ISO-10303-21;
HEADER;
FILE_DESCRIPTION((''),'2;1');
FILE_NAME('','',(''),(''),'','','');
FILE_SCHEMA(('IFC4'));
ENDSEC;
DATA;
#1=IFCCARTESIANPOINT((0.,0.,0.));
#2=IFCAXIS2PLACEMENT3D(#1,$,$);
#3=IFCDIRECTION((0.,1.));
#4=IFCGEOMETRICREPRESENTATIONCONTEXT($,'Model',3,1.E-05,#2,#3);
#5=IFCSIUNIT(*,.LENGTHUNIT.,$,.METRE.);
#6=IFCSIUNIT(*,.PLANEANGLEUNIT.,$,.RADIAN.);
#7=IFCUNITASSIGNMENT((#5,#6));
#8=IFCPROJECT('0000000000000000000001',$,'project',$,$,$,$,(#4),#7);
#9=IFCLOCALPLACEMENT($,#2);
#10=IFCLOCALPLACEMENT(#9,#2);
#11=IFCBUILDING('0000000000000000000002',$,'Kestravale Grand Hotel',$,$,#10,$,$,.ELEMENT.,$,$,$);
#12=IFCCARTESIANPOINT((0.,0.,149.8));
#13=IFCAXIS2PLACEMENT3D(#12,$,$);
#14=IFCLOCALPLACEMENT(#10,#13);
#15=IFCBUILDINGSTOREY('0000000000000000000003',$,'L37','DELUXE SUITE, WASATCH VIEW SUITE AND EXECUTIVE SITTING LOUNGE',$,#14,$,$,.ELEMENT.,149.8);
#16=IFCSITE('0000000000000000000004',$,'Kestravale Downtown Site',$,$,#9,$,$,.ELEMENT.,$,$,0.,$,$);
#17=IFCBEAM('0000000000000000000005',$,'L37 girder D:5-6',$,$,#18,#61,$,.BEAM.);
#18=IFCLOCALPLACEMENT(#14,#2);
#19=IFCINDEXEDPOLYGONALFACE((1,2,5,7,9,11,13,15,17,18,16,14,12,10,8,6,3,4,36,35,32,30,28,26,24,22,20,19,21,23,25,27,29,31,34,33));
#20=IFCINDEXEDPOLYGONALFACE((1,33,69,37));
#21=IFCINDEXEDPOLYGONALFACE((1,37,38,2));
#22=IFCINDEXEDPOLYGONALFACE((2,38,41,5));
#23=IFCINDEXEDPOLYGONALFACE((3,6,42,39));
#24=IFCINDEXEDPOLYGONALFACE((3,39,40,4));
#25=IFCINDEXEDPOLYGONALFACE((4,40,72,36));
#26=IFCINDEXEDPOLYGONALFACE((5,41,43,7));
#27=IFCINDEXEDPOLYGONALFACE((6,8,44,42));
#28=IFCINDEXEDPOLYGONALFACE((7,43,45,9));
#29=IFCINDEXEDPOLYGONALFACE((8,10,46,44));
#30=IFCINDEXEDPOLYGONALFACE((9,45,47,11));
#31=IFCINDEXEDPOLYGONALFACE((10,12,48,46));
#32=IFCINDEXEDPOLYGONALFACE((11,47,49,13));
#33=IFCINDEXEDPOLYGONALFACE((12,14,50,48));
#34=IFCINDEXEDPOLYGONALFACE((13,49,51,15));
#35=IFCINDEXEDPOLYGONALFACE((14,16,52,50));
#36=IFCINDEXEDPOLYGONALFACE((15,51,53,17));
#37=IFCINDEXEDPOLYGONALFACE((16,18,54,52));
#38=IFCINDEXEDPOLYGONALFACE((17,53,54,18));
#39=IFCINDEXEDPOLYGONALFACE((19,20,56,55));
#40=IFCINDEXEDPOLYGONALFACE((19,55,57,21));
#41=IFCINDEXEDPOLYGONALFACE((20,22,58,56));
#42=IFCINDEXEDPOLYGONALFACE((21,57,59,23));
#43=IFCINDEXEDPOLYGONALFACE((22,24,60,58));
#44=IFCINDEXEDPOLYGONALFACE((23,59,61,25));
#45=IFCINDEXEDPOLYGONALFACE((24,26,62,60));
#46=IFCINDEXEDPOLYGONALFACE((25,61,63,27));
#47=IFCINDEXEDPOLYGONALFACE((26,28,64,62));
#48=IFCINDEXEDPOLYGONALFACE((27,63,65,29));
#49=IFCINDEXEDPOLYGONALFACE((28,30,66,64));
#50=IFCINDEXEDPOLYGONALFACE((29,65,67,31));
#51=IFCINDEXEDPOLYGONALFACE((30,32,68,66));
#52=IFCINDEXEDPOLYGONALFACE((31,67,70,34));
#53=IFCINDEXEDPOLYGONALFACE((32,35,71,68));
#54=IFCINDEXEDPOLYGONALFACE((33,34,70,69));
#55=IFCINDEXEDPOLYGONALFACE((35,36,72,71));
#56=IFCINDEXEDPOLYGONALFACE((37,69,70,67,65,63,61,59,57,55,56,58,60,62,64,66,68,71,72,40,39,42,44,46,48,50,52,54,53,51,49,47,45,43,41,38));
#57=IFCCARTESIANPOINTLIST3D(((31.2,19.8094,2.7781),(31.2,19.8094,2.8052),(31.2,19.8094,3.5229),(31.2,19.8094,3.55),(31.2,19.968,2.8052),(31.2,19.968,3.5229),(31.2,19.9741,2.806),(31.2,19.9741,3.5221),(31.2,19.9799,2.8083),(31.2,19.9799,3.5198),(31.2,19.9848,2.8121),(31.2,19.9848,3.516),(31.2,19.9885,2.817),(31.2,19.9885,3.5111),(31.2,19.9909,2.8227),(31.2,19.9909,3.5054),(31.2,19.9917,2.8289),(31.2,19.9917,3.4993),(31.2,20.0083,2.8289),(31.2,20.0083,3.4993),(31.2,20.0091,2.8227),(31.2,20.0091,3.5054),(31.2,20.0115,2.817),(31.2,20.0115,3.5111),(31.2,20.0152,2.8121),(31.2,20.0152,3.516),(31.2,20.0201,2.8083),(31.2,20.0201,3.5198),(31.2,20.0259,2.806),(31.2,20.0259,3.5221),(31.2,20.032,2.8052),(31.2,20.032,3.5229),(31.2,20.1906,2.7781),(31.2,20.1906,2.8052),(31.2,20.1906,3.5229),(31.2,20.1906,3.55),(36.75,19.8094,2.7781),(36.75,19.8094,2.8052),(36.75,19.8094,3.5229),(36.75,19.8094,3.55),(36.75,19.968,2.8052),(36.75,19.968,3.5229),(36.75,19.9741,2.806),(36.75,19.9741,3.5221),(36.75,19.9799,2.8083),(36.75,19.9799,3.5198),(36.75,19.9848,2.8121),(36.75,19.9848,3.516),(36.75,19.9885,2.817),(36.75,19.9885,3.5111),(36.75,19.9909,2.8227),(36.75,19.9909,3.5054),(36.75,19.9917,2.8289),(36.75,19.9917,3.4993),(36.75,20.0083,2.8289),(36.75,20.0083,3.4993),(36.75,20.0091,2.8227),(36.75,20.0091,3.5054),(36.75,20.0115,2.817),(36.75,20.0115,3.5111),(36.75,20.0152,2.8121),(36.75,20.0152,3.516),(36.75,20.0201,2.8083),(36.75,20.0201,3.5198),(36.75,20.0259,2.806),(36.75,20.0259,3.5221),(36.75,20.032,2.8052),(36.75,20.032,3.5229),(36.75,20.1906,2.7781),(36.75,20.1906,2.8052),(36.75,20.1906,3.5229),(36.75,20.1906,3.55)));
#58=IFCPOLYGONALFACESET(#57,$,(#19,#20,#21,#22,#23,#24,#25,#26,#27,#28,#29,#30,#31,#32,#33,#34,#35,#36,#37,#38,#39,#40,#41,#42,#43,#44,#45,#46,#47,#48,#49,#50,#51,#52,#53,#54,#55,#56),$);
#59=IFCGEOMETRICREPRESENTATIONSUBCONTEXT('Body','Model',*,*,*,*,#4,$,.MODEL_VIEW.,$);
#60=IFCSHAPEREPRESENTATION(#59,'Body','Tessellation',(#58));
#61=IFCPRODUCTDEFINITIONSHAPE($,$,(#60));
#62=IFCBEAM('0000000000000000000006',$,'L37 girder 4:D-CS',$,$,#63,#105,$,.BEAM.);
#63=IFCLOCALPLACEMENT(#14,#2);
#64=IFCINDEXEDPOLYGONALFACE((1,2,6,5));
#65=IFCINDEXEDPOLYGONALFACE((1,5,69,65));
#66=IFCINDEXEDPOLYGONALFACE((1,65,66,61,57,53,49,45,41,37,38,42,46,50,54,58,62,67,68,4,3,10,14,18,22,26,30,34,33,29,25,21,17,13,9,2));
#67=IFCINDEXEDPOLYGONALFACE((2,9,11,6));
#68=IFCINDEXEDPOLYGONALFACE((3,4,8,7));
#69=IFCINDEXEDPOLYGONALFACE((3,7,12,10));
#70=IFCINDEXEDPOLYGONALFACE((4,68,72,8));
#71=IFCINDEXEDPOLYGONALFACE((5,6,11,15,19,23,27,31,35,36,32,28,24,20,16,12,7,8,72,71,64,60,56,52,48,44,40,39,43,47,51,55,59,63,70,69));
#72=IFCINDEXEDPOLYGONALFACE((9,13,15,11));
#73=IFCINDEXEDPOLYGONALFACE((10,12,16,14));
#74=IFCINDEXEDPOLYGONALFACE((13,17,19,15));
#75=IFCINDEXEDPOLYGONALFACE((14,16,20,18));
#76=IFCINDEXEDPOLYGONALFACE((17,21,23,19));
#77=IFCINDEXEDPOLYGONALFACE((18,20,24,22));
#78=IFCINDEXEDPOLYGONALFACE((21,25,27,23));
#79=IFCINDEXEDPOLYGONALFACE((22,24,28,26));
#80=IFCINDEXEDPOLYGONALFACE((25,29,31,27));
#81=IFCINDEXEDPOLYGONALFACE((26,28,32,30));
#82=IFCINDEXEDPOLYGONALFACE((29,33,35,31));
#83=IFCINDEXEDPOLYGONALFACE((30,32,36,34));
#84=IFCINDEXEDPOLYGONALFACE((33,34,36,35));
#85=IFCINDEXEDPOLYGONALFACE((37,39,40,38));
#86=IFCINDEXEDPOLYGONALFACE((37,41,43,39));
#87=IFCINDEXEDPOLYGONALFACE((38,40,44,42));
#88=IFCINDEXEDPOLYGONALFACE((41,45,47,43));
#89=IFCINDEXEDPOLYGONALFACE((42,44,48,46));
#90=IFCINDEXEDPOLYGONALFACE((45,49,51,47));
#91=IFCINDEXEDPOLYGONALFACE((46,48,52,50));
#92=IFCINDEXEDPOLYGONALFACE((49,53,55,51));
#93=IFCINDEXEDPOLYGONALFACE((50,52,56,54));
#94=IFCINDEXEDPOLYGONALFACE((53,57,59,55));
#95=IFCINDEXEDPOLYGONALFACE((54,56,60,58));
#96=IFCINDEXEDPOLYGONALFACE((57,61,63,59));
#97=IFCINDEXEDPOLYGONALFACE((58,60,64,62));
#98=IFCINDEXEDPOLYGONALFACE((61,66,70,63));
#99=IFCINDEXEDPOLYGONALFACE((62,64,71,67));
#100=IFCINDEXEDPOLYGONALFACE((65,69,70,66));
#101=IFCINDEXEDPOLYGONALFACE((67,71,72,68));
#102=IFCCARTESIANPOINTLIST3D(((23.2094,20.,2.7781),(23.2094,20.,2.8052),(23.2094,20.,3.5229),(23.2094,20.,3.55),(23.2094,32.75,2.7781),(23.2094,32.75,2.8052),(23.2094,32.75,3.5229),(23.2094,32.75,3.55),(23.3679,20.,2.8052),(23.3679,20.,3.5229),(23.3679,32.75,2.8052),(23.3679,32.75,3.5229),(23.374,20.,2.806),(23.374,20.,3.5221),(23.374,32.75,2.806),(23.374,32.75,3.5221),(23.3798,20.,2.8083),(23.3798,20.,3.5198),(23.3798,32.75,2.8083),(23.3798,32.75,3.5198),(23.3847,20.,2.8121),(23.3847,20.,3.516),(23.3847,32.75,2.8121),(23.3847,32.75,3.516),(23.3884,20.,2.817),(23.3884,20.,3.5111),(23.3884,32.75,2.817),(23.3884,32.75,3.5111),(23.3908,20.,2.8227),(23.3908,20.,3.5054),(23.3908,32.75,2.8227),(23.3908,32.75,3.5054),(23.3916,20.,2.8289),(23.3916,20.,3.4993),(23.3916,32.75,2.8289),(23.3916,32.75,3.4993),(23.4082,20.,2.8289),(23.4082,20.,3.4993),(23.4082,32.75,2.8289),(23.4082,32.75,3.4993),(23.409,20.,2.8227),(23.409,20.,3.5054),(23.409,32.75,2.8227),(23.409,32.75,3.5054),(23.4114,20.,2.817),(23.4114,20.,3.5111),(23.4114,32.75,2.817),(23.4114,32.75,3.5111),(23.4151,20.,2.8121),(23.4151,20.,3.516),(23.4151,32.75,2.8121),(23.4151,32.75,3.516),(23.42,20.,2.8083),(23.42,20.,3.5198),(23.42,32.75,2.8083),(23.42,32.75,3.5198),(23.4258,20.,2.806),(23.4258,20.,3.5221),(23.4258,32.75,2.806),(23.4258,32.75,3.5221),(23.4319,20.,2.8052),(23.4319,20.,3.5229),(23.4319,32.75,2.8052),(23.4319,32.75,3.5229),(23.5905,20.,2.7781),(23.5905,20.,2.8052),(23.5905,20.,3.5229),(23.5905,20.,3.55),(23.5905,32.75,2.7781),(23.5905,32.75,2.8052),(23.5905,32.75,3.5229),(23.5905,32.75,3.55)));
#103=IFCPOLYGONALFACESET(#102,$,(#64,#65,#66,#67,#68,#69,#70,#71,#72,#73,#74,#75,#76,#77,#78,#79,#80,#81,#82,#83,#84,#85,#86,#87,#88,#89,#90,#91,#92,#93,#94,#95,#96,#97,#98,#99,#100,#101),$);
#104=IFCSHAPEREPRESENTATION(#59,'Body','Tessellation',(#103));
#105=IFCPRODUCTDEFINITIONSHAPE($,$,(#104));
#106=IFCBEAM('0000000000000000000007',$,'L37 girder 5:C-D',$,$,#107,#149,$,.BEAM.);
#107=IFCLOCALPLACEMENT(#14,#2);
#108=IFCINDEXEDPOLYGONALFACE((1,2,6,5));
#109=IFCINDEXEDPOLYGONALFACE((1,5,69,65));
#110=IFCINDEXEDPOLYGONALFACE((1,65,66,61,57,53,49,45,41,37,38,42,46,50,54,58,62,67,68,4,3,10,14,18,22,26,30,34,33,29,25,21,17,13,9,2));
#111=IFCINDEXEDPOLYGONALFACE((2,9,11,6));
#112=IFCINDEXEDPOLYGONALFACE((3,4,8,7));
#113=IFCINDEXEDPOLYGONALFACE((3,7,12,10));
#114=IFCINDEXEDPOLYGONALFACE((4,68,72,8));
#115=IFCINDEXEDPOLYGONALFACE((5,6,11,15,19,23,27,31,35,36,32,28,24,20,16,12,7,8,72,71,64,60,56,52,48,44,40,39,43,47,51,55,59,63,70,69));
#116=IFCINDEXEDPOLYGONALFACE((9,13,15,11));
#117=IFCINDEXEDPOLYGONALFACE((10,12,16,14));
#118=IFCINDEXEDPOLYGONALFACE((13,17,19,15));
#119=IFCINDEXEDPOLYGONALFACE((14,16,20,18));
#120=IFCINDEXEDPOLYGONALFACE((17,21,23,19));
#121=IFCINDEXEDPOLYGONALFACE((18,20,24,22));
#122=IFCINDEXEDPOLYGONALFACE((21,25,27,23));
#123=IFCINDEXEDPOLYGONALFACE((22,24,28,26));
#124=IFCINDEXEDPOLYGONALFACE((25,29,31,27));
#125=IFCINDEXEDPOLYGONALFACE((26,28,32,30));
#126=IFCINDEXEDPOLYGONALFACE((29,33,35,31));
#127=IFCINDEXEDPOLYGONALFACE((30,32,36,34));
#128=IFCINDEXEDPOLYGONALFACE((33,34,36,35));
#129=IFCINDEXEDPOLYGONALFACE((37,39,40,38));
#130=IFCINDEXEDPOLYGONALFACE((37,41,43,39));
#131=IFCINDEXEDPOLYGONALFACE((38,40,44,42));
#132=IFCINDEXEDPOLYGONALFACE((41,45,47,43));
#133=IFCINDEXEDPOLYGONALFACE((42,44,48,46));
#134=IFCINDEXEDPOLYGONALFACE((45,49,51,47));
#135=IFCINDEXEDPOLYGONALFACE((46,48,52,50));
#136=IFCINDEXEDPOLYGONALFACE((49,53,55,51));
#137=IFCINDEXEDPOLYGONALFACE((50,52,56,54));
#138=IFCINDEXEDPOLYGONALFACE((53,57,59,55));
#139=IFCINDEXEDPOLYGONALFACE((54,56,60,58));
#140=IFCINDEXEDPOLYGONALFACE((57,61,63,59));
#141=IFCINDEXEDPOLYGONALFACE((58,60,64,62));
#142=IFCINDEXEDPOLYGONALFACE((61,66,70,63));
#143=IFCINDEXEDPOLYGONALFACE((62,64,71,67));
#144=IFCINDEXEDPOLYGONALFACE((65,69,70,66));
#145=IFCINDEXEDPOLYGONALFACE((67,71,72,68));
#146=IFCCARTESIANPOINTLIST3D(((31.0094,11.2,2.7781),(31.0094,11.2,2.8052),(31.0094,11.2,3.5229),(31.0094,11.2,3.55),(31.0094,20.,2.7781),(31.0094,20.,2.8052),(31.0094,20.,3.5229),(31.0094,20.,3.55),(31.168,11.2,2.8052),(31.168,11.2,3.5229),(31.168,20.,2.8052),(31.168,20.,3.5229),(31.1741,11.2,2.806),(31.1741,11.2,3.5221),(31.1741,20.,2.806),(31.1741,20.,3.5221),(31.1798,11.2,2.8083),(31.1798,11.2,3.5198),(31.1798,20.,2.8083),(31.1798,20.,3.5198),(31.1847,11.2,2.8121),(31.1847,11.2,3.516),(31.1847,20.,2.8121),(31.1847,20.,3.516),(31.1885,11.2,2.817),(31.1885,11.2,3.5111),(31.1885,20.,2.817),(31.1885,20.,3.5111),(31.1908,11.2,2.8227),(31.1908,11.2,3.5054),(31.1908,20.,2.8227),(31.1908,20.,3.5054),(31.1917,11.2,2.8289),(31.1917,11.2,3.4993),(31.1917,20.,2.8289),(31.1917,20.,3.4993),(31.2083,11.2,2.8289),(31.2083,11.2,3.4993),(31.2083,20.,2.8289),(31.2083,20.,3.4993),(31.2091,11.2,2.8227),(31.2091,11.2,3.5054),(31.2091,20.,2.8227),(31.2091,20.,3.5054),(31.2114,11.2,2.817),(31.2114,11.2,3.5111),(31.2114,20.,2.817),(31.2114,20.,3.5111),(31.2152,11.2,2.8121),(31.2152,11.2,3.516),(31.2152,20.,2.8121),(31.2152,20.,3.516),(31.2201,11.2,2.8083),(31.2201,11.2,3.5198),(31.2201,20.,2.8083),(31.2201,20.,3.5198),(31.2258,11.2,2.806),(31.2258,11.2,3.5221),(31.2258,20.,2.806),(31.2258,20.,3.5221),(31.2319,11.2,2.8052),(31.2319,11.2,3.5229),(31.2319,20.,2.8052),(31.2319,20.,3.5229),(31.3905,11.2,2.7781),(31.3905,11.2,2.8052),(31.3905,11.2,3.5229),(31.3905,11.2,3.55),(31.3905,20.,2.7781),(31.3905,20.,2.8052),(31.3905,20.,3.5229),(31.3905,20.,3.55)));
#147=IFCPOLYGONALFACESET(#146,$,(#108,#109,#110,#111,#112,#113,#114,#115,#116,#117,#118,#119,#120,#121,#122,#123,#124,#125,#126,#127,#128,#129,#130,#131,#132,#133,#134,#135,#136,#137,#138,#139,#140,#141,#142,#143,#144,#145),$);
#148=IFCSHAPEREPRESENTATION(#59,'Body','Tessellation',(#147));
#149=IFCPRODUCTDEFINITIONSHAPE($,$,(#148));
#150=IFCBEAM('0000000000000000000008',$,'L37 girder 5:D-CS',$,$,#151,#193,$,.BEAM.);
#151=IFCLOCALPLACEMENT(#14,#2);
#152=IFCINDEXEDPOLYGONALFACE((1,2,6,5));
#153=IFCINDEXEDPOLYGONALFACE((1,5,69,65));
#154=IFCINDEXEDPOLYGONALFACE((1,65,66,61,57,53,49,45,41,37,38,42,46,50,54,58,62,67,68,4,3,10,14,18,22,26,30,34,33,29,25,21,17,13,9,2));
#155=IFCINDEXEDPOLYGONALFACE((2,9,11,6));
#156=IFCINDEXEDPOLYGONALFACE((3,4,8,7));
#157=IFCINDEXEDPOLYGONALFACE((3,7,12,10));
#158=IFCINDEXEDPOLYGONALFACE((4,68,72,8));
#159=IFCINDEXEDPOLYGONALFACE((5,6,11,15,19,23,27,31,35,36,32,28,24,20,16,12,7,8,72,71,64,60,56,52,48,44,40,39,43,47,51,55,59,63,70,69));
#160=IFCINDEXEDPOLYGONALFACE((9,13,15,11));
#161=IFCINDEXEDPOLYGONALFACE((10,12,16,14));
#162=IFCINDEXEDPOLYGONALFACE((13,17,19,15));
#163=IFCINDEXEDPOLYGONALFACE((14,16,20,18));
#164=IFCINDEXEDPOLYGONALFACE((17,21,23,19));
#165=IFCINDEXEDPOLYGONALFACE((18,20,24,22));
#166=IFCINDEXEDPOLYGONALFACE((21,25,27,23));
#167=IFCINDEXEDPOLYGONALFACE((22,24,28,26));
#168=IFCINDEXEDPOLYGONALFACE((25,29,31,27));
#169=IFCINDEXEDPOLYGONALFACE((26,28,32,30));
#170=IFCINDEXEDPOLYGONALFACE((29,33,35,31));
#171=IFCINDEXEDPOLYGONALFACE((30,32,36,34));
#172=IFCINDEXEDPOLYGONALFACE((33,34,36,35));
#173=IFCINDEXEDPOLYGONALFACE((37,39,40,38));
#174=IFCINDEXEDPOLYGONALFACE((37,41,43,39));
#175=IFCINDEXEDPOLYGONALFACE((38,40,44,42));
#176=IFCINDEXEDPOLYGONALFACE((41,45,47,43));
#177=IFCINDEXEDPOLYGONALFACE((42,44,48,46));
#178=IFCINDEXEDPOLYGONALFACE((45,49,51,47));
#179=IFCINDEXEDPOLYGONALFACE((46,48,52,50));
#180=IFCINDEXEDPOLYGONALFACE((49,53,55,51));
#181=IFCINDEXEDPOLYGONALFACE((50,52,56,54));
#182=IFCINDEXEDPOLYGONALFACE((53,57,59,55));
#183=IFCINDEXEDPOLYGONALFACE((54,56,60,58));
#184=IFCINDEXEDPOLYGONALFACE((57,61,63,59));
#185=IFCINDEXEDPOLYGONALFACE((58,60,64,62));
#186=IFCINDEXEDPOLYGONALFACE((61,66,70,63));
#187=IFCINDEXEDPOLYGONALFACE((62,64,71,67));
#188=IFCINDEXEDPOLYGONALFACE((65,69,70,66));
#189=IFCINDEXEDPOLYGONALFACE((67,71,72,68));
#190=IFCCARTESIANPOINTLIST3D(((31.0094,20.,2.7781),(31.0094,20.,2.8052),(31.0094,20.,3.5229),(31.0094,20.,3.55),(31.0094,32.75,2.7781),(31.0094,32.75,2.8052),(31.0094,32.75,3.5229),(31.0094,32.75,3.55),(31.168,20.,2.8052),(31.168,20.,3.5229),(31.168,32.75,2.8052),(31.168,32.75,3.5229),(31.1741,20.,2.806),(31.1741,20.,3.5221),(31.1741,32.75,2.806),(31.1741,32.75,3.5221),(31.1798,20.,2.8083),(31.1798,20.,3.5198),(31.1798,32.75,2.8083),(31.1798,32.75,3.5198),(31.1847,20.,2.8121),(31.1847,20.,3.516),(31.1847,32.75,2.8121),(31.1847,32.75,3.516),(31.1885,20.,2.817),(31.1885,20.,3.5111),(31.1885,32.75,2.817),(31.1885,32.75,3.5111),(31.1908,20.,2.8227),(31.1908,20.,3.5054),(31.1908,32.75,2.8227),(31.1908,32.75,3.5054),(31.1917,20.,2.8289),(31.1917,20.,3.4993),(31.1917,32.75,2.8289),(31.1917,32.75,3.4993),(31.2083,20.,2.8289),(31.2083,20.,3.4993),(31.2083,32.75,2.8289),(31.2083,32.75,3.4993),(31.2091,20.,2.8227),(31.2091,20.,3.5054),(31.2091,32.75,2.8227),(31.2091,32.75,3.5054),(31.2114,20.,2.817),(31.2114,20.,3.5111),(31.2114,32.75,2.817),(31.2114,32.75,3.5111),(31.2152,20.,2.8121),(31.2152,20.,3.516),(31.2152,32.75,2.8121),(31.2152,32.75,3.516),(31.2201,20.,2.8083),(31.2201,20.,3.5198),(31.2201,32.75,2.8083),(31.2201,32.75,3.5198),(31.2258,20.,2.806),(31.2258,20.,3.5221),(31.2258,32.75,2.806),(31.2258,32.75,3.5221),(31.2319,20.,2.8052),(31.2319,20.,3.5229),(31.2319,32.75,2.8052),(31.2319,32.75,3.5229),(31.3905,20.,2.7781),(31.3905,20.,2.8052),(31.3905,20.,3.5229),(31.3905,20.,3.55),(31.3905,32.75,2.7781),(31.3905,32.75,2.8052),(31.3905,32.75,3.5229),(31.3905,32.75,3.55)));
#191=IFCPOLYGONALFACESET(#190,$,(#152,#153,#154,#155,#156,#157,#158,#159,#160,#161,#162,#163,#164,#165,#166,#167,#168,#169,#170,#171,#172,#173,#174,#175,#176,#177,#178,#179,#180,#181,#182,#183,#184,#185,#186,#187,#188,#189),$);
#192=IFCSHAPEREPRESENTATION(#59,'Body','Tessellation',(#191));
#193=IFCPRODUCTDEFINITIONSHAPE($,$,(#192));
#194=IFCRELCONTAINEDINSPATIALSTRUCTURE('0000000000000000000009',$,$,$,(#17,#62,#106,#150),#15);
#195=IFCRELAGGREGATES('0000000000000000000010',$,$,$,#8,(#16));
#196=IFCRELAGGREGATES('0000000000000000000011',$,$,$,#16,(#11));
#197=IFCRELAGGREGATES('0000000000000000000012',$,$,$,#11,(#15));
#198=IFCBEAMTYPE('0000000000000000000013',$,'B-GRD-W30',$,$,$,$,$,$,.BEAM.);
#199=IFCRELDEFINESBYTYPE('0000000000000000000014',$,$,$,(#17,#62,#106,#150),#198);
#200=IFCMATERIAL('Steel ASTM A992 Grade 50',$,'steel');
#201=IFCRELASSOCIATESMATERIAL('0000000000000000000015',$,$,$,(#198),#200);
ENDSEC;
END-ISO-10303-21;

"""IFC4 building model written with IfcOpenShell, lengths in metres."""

from ifc_helpers import new_model, si_unit, direction, frame, origin, origin_2d, place, context, subcontext, project, spatial, i_section, extrude, material, material_profile, profile_set, type_object, element, save


model = new_model("IFC4")

# Units and contexts
model_context = context("Model", 3, precision=1e-05, world=origin(), true_north=direction((0.0, 1.0)))
body_context = subcontext(model_context, "Body", "Model", "MODEL_VIEW")
ifc_project = project(units=[si_unit("LENGTHUNIT", "METRE"), si_unit("PLANEANGLEUNIT", "RADIAN")], contexts=[model_context])

# Site, building, storey
site_placement = place(None, origin())
site = spatial("IfcSite", under=ifc_project, at=site_placement, Name="Kestravale Downtown Site", CompositionType="ELEMENT", RefElevation=0.0)
building_placement = place(site_placement, origin())
building = spatial("IfcBuilding", under=site, at=building_placement, Name="Kestravale Grand Hotel", CompositionType="ELEMENT")
storey_placement = place(building_placement, frame((0.0, 0.0, 149.8)))
storey = spatial("IfcBuildingStorey", under=building, at=storey_placement, Name="L37", Description="DELUXE SUITE, WASATCH VIEW SUITE AND EXECUTIVE SITTING LOUNGE", CompositionType="ELEMENT", Elevation=149.8)

# Beams
ifc_material_1 = material(Name="Steel ASTM A992 Grade 50", Category="steel")
ifc_material_profile_1 = material_profile(ifc_material_1, i_section(OverallWidth=0.3811, OverallDepth=0.772, WebThickness=0.0166, FlangeThickness=0.0271, FilletRadius=0.0237, at=origin_2d()))
ifc_profile_set_1 = profile_set([ifc_material_profile_1], Name="Steel ASTM A992 Grade 50")
beam_type_1 = type_object("IfcBeamType", Name="B-GRD-W30", PredefinedType="BEAM", material=ifc_profile_set_1)
beam_1_placement = place(storey_placement, frame((31.2, 20.0, 3.1641), z_axis=(1.0, 0.0, 0.0), x_axis=(0.0, 1.0, 0.0)))
element("IfcBeam", 1, at=beam_1_placement, inside=storey, type_object=beam_type_1, Name="L37 girder D:5-6", PredefinedType="BEAM", context=body_context, shape_type="SweptSolid", body=[
    extrude(i_section(OverallWidth=0.3811, OverallDepth=0.772, WebThickness=0.0166, FlangeThickness=0.0271, FilletRadius=0.0237, at=origin_2d()), origin(), (0.0, 0.0, 1.0), 5.55),
])
beam_2_placement = place(storey_placement, frame((23.3999, 20.0, 3.1641), z_axis=(0.0, 1.0, 0.0), x_axis=(-1.0, 0.0, 0.0)))
element("IfcBeam", 2, at=beam_2_placement, inside=storey, type_object=beam_type_1, Name="L37 girder 4:D-CS", PredefinedType="BEAM", context=body_context, shape_type="SweptSolid", body=[
    extrude(i_section(OverallWidth=0.3811, OverallDepth=0.772, WebThickness=0.0166, FlangeThickness=0.0271, FilletRadius=0.0237, at=origin_2d()), origin(), (0.0, 0.0, 1.0), 12.75),
])
beam_3_placement = place(storey_placement, frame((31.2, 11.2, 3.1641), z_axis=(0.0, 1.0, 0.0), x_axis=(-1.0, 0.0, 0.0)))
element("IfcBeam", 3, at=beam_3_placement, inside=storey, type_object=beam_type_1, Name="L37 girder 5:C-D", PredefinedType="BEAM", context=body_context, shape_type="SweptSolid", body=[
    extrude(i_section(OverallWidth=0.3811, OverallDepth=0.772, WebThickness=0.0166, FlangeThickness=0.0271, FilletRadius=0.0237, at=origin_2d()), origin(), (0.0, 0.0, 1.0), 8.8),
])
beam_4_placement = place(storey_placement, frame((31.2, 20.0, 3.1641), z_axis=(0.0, 1.0, 0.0), x_axis=(-1.0, 0.0, 0.0)))
element("IfcBeam", 4, at=beam_4_placement, inside=storey, type_object=beam_type_1, Name="L37 girder 5:D-CS", PredefinedType="BEAM", context=body_context, shape_type="SweptSolid", body=[
    extrude(i_section(OverallWidth=0.3811, OverallDepth=0.772, WebThickness=0.0166, FlangeThickness=0.0271, FilletRadius=0.0237, at=origin_2d()), origin(), (0.0, 0.0, 1.0), 12.75),
])

save(model, "model.ifc")
